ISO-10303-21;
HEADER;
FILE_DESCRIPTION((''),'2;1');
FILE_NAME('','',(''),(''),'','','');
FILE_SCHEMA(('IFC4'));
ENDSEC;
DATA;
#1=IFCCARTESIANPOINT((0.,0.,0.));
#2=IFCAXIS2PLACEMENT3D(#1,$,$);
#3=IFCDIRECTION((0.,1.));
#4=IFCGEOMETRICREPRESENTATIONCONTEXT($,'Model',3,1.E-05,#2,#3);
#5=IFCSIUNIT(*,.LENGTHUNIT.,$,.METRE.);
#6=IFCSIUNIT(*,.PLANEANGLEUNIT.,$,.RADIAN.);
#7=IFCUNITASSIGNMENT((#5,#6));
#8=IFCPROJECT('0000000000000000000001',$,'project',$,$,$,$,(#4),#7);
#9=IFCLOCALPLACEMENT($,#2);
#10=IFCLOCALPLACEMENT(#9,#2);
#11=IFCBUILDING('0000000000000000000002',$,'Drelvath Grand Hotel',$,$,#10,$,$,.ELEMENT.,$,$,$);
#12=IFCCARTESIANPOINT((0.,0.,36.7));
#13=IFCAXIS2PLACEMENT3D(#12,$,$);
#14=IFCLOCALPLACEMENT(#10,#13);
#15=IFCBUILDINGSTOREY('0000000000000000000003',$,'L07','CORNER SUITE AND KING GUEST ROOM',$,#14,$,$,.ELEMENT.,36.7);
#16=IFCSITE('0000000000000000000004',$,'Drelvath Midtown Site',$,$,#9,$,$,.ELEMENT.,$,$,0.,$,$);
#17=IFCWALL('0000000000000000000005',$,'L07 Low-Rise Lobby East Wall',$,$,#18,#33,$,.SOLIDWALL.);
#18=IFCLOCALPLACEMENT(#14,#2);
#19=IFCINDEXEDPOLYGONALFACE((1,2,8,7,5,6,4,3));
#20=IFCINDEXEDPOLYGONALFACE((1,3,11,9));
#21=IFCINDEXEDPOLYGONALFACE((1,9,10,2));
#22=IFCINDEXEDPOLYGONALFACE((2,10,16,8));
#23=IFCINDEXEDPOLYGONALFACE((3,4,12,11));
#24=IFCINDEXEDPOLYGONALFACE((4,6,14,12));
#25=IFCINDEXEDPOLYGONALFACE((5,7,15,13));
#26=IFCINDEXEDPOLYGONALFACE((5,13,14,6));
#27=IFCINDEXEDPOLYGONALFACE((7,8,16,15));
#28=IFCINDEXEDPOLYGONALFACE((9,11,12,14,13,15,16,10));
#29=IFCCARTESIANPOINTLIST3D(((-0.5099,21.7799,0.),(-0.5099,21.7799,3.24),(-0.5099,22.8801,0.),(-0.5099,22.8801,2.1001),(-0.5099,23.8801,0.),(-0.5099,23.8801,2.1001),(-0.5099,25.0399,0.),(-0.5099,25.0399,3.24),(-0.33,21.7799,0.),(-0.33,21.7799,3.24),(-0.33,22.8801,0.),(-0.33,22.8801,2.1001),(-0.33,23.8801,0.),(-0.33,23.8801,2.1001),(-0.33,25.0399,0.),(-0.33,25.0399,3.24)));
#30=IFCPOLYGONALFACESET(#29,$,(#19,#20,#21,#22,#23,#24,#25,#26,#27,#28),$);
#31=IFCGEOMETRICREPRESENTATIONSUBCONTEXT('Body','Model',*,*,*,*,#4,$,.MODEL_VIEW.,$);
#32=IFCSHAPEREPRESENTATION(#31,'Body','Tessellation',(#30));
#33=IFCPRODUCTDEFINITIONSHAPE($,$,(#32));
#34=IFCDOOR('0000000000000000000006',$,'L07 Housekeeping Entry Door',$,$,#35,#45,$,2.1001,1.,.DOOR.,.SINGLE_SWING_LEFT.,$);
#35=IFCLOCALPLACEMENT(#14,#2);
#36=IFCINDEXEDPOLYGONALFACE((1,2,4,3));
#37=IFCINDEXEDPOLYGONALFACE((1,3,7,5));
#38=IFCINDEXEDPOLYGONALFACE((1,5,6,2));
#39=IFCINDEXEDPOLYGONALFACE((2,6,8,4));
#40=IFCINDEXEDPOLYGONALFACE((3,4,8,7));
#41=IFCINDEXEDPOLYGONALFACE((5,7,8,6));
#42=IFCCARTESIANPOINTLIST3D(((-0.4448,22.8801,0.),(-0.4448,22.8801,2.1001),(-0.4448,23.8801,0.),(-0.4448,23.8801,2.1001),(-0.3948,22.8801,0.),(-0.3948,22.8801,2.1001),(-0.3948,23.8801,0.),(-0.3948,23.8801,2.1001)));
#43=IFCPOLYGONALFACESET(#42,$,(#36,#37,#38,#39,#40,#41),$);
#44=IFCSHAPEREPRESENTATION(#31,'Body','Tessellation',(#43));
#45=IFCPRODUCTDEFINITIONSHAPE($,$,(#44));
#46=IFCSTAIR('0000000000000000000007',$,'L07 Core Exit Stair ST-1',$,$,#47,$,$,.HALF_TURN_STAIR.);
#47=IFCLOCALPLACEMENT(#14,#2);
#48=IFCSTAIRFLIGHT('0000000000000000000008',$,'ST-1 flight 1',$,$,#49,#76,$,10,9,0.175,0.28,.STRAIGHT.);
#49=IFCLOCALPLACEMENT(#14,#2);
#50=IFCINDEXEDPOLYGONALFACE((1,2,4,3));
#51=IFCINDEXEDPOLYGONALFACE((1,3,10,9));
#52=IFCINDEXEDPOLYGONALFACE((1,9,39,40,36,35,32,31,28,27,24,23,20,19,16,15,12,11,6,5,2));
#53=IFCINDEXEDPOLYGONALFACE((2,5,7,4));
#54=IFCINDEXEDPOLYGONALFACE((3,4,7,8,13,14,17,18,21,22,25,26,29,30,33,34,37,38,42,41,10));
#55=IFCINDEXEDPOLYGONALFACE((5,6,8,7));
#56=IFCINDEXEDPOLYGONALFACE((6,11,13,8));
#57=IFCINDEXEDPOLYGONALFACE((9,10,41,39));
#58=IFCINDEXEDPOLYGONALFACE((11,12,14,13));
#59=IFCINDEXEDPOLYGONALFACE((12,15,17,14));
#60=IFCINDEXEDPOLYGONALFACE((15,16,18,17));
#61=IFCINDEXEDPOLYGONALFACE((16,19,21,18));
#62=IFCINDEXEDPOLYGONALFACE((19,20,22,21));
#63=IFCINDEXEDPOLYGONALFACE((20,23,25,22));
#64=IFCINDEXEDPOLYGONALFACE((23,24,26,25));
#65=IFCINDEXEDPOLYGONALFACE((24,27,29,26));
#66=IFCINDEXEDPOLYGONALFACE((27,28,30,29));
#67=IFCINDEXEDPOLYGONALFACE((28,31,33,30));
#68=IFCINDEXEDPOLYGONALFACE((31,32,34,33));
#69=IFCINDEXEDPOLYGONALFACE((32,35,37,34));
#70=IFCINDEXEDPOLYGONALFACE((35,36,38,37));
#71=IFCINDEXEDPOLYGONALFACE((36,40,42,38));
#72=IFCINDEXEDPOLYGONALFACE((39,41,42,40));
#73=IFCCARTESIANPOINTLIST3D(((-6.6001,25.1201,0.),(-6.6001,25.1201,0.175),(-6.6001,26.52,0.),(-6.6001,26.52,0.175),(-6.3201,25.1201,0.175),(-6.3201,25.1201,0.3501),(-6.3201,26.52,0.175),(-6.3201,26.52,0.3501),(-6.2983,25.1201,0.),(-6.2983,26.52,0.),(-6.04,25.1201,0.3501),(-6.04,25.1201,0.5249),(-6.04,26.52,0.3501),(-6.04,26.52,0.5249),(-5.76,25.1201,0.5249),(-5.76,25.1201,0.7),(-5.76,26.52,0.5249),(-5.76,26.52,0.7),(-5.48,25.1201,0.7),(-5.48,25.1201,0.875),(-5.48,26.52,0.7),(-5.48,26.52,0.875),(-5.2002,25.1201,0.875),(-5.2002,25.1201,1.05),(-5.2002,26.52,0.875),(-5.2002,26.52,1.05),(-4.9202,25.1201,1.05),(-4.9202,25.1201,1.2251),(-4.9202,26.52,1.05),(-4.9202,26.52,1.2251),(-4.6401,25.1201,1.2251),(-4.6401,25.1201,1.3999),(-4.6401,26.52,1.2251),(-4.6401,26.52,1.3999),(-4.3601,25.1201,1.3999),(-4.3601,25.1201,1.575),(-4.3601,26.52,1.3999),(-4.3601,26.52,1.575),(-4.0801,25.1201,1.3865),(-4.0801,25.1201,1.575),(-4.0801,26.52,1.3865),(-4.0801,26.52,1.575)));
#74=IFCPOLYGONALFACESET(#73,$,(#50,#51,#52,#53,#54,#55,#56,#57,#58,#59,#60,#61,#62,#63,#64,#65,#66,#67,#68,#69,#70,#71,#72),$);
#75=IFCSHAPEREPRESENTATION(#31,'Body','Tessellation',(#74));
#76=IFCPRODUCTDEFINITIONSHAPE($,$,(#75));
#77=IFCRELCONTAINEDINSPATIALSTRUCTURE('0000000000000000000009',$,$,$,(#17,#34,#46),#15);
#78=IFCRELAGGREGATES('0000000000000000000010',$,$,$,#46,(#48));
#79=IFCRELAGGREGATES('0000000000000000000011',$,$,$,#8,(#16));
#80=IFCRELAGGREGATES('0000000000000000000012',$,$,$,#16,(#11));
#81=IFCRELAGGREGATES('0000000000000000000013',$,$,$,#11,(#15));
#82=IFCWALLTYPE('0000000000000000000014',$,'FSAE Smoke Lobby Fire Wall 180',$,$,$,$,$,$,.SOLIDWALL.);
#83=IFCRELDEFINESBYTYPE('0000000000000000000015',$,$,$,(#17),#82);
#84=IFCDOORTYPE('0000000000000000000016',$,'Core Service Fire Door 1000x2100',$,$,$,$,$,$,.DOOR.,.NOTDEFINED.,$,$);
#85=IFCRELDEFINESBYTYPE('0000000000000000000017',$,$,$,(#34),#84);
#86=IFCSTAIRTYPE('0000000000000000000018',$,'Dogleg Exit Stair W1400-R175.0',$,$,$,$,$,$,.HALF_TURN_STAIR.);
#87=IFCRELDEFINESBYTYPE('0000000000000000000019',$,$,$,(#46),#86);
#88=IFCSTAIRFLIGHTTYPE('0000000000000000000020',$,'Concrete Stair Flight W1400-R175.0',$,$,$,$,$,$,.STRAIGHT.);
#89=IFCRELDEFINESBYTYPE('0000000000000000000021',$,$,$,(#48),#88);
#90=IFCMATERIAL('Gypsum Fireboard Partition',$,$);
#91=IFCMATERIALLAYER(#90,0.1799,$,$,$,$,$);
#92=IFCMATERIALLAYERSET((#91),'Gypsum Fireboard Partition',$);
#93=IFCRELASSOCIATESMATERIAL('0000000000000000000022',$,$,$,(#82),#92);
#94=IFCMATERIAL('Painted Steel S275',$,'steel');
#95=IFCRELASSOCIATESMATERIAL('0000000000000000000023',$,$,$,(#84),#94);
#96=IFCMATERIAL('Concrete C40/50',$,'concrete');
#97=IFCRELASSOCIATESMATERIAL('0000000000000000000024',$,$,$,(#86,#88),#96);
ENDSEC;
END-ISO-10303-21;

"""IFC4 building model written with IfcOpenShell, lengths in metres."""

from ifc_helpers import new_model, si_unit, direction, frame, frame_2d, origin, place, context, subcontext, project, spatial, polyline, rectangle, outline, extrude, material, layer, layer_set, type_object, element, fill, aggregate, save


model = new_model("IFC4")

# Units and contexts
model_context = context("Model", 3, precision=1e-05, world=origin(), true_north=direction((0.0, 1.0)))
body_context = subcontext(model_context, "Body", "Model", "MODEL_VIEW")
ifc_project = project(units=[si_unit("LENGTHUNIT", "METRE"), si_unit("PLANEANGLEUNIT", "RADIAN")], contexts=[model_context])

# Site, building, storey
site_placement = place(None, origin())
site = spatial("IfcSite", under=ifc_project, at=site_placement, Name="Drelvath Midtown Site", CompositionType="ELEMENT", RefElevation=0.0)
building_placement = place(site_placement, origin())
building = spatial("IfcBuilding", under=site, at=building_placement, Name="Drelvath Grand Hotel", CompositionType="ELEMENT")
storey_placement = place(building_placement, frame((0.0, 0.0, 36.7)))
storey = spatial("IfcBuildingStorey", under=building, at=storey_placement, Name="L07", Description="CORNER SUITE AND KING GUEST ROOM", CompositionType="ELEMENT", Elevation=36.7)

# Shared definitions
ifc_material_1 = material(Name="Concrete C40/50", Category="concrete")

# Shared definitions
ifc_material_2 = material(Name="Gypsum Fireboard Partition")

# Wall, opening, door
ifc_layer_1 = layer(ifc_material_2, 0.1799)
ifc_layer_set_1 = layer_set([ifc_layer_1], Name="Gypsum Fireboard Partition")
wall_type_1 = type_object("IfcWallType", Name="FSAE Smoke Lobby Fire Wall 180", PredefinedType="SOLIDWALL", material=ifc_layer_set_1)
wall_1_placement = place(storey_placement, frame((-0.4199, 21.78, 0.0), z_axis=(0.0, 0.0, 1.0), x_axis=(0.0, 1.0, 0.0)))
wall_1 = element("IfcWall", 1, at=wall_1_placement, inside=storey, type_object=wall_type_1, Name="L07 Low-Rise Lobby East Wall", PredefinedType="SOLIDWALL", context=body_context, shape_type="SweptSolid", body=[
    extrude(rectangle(XDim=3.26, YDim=0.1799, at=frame_2d((1.6299, 0.0))), origin(), (0.0, 0.0, 1.0), 3.24),
])
opening_1_placement = place(wall_1_placement, frame((1.1001, 0.0, 0.0)))
opening_1 = element("IfcOpeningElement", 2, at=opening_1_placement, cuts=wall_1, PredefinedType="OPENING", context=body_context, shape_type="SweptSolid", body=[
    extrude(rectangle(XDim=1.0, YDim=2.1001, at=frame_2d((0.5, 1.05))), frame((0.0, 0.0999, 0.0), z_axis=(0.0, -1.0, 0.0), x_axis=(1.0, 0.0, 0.0)), (0.0, 0.0, 1.0), 0.2),
])
ifc_material_3 = material(Name="Painted Steel S275", Category="steel")
door_type_1 = type_object("IfcDoorType", Name="Core Service Fire Door 1000x2100", OperationType="NOTDEFINED", PredefinedType="DOOR", material=ifc_material_3)
door_1_placement = place(opening_1_placement, origin())
door_1 = element("IfcDoor", 3, at=door_1_placement, inside=storey, type_object=door_type_1, Name="L07 Housekeeping Entry Door", OperationType="SINGLE_SWING_LEFT", OverallHeight=2.1001, OverallWidth=1.0, PredefinedType="DOOR", context=body_context, shape_type="SweptSolid", body=[
    extrude(rectangle(XDim=1.0, YDim=2.1001, at=frame_2d((0.5, 1.05))), frame((0.0, 0.0249, 0.0), z_axis=(0.0, -1.0, 0.0), x_axis=(1.0, 0.0, 0.0)), (0.0, 0.0, 1.0), 0.05),
])
fill(opening_1, door_1)

# Stair, stair flight
stair_type = type_object("IfcStairType", Name="Dogleg Exit Stair W1400-R175.0", PredefinedType="HALF_TURN_STAIR", material=ifc_material_1)
stair_placement = place(storey_placement, origin())
stair = element("IfcStair", 4, at=stair_placement, inside=storey, type_object=stair_type, Name="L07 Core Exit Stair ST-1", PredefinedType="HALF_TURN_STAIR")
stair_flight_type = type_object("IfcStairFlightType", Name="Concrete Stair Flight W1400-R175.0", PredefinedType="STRAIGHT", material=ifc_material_1)
stair_flight_placement = place(storey_placement, frame((-6.6001, 25.8201, 0.0), z_axis=(0.0, 0.0, 1.0), x_axis=(1.0, 0.0, 0.0)))
stair_flight = element("IfcStairFlight", 5, at=stair_flight_placement, type_object=stair_flight_type, Name="ST-1 flight 1", NumberOfRisers=10, NumberOfTreads=9, PredefinedType="STRAIGHT", RiserHeight=0.175, TreadLength=0.28, context=body_context, shape_type="SweptSolid", body=[
    extrude(outline(polyline([(0.0, 0.0), (0.0, 0.175), (0.28, 0.175), (0.28, 0.3501), (0.5601, 0.3501), (0.5601, 0.5249), (0.8401, 0.5249), (0.8401, 0.7), (1.1201, 0.7), (1.1201, 0.875), (1.3999, 0.875), (1.3999, 1.05), (1.6799, 1.05), (1.6799, 1.2251), (1.96, 1.2251), (1.96, 1.3999), (2.24, 1.3999), (2.24, 1.575), (2.52, 1.575), (2.52, 1.75), (2.52, 1.3865), (0.3018, 0.0), (0.0, 0.0)])), frame((0.0, 0.7, 0.0), z_axis=(0.0, -1.0, 0.0), x_axis=(1.0, 0.0, 0.0)), (0.0, 0.0, 1.0), 1.3999),
])
aggregate(stair, [stair_flight])

save(model, "model.ifc")
